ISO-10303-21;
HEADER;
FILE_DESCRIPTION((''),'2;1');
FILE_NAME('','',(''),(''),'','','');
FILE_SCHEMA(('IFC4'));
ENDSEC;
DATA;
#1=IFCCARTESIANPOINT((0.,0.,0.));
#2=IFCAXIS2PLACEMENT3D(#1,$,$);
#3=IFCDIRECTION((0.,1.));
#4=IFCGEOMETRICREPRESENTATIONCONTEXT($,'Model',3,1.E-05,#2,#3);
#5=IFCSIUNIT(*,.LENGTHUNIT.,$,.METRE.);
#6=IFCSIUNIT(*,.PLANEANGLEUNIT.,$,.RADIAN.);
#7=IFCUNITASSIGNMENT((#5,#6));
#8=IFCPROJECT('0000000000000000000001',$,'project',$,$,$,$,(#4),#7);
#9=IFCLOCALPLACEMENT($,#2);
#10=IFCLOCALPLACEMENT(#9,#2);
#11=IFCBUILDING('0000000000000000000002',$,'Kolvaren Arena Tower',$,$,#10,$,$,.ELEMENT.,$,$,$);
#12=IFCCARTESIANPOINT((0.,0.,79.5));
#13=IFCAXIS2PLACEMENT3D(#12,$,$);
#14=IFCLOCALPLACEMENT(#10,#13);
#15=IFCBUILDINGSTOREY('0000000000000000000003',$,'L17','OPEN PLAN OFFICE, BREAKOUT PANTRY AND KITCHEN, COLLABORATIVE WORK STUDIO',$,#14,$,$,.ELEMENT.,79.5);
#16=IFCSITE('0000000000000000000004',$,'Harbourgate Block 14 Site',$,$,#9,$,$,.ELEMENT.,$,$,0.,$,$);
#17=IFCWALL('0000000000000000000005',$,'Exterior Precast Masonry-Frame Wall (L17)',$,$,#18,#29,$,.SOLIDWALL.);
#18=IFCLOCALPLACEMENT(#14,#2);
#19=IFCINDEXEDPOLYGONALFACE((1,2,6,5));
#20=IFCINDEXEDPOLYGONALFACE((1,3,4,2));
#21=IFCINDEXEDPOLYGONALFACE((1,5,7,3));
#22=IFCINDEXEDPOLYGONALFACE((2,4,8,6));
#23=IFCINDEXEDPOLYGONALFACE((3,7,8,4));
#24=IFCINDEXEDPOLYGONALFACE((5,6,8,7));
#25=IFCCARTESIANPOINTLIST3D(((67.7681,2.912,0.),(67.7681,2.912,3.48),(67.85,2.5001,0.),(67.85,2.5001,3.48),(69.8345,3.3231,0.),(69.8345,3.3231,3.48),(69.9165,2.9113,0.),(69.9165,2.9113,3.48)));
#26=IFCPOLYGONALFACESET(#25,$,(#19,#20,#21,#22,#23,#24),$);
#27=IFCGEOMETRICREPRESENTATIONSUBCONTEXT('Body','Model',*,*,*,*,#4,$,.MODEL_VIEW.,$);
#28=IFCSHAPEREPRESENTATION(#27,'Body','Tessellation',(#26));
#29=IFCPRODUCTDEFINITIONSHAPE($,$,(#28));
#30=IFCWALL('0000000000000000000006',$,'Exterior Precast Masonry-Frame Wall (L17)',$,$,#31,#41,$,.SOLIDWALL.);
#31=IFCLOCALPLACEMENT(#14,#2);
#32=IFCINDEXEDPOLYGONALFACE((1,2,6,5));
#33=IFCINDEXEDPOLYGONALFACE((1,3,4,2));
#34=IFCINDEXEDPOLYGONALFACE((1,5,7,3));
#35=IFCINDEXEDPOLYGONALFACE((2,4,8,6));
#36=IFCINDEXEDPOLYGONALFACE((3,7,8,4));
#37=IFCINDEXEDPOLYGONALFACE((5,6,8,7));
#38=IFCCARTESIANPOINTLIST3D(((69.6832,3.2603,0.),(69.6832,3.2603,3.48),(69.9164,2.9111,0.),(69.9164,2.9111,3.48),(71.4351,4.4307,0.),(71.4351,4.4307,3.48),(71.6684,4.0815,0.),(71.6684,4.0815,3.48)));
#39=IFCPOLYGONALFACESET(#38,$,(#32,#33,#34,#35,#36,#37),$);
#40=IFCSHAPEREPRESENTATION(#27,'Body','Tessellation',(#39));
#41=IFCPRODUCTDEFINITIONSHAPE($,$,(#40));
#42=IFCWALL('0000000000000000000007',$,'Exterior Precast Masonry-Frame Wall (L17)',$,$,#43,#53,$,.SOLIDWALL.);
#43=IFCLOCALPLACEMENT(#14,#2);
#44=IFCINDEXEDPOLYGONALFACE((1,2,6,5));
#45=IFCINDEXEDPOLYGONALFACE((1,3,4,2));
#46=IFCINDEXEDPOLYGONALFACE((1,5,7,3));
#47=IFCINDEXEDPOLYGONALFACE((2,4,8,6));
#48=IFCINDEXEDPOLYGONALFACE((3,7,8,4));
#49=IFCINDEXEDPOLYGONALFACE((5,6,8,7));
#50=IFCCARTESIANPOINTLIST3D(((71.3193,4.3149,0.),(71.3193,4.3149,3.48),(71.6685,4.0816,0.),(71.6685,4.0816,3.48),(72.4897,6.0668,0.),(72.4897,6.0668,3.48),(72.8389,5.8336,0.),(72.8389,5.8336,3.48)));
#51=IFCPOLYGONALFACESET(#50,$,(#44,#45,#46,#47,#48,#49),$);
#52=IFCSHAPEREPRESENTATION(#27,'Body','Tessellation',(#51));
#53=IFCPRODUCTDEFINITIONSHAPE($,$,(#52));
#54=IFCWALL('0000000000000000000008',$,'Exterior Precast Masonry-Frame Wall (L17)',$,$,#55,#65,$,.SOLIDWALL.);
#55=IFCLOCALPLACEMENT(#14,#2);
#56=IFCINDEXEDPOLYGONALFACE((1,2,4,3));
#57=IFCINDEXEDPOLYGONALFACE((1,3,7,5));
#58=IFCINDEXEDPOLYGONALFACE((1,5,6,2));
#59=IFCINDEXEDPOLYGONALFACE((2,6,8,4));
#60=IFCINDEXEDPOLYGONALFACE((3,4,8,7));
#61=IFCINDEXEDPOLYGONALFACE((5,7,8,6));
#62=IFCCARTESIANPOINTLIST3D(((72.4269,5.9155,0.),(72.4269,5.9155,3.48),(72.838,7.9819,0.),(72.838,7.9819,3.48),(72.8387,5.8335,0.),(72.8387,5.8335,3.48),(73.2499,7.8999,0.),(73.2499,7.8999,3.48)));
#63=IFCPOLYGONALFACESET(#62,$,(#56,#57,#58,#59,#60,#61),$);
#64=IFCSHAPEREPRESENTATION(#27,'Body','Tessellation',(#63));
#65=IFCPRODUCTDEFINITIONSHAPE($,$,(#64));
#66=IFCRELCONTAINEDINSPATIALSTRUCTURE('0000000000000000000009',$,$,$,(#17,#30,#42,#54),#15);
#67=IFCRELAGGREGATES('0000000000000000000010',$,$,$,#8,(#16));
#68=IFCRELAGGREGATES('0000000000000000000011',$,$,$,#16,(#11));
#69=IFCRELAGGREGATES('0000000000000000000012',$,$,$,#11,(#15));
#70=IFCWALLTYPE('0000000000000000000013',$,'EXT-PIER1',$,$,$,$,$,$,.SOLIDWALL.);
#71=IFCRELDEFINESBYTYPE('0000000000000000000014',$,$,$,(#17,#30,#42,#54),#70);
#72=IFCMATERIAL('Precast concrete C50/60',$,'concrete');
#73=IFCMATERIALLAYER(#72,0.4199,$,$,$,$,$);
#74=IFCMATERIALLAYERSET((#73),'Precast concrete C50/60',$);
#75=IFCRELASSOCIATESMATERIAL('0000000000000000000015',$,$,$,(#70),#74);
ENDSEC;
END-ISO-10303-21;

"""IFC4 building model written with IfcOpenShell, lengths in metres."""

from ifc_helpers import new_model, si_unit, direction, frame, frame_2d, origin, place, context, subcontext, project, spatial, rectangle, extrude, material, layer, layer_set, type_object, element, save


model = new_model("IFC4")

# Units and contexts
model_context = context("Model", 3, precision=1e-05, world=origin(), true_north=direction((0.0, 1.0)))
body_context = subcontext(model_context, "Body", "Model", "MODEL_VIEW")
ifc_project = project(units=[si_unit("LENGTHUNIT", "METRE"), si_unit("PLANEANGLEUNIT", "RADIAN")], contexts=[model_context])

# Site, building, storey
site_placement = place(None, origin())
site = spatial("IfcSite", under=ifc_project, at=site_placement, Name="Harbourgate Block 14 Site", CompositionType="ELEMENT", RefElevation=0.0)
building_placement = place(site_placement, origin())
building = spatial("IfcBuilding", under=site, at=building_placement, Name="Kolvaren Arena Tower", CompositionType="ELEMENT")
storey_placement = place(building_placement, frame((0.0, 0.0, 79.5)))
storey = spatial("IfcBuildingStorey", under=building, at=storey_placement, Name="L17", Description="OPEN PLAN OFFICE, BREAKOUT PANTRY AND KITCHEN, COLLABORATIVE WORK STUDIO", CompositionType="ELEMENT", Elevation=79.5)

# Walls
ifc_material_1 = material(Name="Precast concrete C50/60", Category="concrete")
ifc_layer_1 = layer(ifc_material_1, 0.4199)
ifc_layer_set_1 = layer_set([ifc_layer_1], Name="Precast concrete C50/60")
wall_type_1 = type_object("IfcWallType", Name="EXT-PIER1", PredefinedType="SOLIDWALL", material=ifc_layer_set_1)
for number, where, z_axis, x_axis, name in (
    (1, (69.8755, 3.1172, 0.0), (0.0, 0.0, 1.0), (-0.980776, -0.195136, 0.0), "Exterior Precast Masonry-Frame Wall (L17)"),
    (2, (71.5518, 4.2561, 0.0), (0.0, 0.0, 1.0), (-0.831515, -0.555502, 0.0), "Exterior Precast Masonry-Frame Wall (L17)"),
    (3, (72.6643, 5.9502, 0.0), (0.0, 0.0, 1.0), (-0.555502, -0.831515, 0.0), "Exterior Precast Masonry-Frame Wall (L17)"),
    (4, (73.0439, 7.9409, 0.0), (0.0, 0.0, 1.0), (-0.195136, -0.980776, 0.0), "Exterior Precast Masonry-Frame Wall (L17)"),
):
    element("IfcWall", number, at=place(storey_placement, frame(where, z_axis=z_axis, x_axis=x_axis)), inside=storey, type_object=wall_type_1, Name=name, PredefinedType="SOLIDWALL", context=body_context, shape_type="SweptSolid", body=[
        extrude(rectangle(XDim=2.1069, YDim=0.4199, at=frame_2d((1.0535, 0.0))), origin(), (0.0, 0.0, 1.0), 3.48),
    ])

save(model, "model.ifc")
